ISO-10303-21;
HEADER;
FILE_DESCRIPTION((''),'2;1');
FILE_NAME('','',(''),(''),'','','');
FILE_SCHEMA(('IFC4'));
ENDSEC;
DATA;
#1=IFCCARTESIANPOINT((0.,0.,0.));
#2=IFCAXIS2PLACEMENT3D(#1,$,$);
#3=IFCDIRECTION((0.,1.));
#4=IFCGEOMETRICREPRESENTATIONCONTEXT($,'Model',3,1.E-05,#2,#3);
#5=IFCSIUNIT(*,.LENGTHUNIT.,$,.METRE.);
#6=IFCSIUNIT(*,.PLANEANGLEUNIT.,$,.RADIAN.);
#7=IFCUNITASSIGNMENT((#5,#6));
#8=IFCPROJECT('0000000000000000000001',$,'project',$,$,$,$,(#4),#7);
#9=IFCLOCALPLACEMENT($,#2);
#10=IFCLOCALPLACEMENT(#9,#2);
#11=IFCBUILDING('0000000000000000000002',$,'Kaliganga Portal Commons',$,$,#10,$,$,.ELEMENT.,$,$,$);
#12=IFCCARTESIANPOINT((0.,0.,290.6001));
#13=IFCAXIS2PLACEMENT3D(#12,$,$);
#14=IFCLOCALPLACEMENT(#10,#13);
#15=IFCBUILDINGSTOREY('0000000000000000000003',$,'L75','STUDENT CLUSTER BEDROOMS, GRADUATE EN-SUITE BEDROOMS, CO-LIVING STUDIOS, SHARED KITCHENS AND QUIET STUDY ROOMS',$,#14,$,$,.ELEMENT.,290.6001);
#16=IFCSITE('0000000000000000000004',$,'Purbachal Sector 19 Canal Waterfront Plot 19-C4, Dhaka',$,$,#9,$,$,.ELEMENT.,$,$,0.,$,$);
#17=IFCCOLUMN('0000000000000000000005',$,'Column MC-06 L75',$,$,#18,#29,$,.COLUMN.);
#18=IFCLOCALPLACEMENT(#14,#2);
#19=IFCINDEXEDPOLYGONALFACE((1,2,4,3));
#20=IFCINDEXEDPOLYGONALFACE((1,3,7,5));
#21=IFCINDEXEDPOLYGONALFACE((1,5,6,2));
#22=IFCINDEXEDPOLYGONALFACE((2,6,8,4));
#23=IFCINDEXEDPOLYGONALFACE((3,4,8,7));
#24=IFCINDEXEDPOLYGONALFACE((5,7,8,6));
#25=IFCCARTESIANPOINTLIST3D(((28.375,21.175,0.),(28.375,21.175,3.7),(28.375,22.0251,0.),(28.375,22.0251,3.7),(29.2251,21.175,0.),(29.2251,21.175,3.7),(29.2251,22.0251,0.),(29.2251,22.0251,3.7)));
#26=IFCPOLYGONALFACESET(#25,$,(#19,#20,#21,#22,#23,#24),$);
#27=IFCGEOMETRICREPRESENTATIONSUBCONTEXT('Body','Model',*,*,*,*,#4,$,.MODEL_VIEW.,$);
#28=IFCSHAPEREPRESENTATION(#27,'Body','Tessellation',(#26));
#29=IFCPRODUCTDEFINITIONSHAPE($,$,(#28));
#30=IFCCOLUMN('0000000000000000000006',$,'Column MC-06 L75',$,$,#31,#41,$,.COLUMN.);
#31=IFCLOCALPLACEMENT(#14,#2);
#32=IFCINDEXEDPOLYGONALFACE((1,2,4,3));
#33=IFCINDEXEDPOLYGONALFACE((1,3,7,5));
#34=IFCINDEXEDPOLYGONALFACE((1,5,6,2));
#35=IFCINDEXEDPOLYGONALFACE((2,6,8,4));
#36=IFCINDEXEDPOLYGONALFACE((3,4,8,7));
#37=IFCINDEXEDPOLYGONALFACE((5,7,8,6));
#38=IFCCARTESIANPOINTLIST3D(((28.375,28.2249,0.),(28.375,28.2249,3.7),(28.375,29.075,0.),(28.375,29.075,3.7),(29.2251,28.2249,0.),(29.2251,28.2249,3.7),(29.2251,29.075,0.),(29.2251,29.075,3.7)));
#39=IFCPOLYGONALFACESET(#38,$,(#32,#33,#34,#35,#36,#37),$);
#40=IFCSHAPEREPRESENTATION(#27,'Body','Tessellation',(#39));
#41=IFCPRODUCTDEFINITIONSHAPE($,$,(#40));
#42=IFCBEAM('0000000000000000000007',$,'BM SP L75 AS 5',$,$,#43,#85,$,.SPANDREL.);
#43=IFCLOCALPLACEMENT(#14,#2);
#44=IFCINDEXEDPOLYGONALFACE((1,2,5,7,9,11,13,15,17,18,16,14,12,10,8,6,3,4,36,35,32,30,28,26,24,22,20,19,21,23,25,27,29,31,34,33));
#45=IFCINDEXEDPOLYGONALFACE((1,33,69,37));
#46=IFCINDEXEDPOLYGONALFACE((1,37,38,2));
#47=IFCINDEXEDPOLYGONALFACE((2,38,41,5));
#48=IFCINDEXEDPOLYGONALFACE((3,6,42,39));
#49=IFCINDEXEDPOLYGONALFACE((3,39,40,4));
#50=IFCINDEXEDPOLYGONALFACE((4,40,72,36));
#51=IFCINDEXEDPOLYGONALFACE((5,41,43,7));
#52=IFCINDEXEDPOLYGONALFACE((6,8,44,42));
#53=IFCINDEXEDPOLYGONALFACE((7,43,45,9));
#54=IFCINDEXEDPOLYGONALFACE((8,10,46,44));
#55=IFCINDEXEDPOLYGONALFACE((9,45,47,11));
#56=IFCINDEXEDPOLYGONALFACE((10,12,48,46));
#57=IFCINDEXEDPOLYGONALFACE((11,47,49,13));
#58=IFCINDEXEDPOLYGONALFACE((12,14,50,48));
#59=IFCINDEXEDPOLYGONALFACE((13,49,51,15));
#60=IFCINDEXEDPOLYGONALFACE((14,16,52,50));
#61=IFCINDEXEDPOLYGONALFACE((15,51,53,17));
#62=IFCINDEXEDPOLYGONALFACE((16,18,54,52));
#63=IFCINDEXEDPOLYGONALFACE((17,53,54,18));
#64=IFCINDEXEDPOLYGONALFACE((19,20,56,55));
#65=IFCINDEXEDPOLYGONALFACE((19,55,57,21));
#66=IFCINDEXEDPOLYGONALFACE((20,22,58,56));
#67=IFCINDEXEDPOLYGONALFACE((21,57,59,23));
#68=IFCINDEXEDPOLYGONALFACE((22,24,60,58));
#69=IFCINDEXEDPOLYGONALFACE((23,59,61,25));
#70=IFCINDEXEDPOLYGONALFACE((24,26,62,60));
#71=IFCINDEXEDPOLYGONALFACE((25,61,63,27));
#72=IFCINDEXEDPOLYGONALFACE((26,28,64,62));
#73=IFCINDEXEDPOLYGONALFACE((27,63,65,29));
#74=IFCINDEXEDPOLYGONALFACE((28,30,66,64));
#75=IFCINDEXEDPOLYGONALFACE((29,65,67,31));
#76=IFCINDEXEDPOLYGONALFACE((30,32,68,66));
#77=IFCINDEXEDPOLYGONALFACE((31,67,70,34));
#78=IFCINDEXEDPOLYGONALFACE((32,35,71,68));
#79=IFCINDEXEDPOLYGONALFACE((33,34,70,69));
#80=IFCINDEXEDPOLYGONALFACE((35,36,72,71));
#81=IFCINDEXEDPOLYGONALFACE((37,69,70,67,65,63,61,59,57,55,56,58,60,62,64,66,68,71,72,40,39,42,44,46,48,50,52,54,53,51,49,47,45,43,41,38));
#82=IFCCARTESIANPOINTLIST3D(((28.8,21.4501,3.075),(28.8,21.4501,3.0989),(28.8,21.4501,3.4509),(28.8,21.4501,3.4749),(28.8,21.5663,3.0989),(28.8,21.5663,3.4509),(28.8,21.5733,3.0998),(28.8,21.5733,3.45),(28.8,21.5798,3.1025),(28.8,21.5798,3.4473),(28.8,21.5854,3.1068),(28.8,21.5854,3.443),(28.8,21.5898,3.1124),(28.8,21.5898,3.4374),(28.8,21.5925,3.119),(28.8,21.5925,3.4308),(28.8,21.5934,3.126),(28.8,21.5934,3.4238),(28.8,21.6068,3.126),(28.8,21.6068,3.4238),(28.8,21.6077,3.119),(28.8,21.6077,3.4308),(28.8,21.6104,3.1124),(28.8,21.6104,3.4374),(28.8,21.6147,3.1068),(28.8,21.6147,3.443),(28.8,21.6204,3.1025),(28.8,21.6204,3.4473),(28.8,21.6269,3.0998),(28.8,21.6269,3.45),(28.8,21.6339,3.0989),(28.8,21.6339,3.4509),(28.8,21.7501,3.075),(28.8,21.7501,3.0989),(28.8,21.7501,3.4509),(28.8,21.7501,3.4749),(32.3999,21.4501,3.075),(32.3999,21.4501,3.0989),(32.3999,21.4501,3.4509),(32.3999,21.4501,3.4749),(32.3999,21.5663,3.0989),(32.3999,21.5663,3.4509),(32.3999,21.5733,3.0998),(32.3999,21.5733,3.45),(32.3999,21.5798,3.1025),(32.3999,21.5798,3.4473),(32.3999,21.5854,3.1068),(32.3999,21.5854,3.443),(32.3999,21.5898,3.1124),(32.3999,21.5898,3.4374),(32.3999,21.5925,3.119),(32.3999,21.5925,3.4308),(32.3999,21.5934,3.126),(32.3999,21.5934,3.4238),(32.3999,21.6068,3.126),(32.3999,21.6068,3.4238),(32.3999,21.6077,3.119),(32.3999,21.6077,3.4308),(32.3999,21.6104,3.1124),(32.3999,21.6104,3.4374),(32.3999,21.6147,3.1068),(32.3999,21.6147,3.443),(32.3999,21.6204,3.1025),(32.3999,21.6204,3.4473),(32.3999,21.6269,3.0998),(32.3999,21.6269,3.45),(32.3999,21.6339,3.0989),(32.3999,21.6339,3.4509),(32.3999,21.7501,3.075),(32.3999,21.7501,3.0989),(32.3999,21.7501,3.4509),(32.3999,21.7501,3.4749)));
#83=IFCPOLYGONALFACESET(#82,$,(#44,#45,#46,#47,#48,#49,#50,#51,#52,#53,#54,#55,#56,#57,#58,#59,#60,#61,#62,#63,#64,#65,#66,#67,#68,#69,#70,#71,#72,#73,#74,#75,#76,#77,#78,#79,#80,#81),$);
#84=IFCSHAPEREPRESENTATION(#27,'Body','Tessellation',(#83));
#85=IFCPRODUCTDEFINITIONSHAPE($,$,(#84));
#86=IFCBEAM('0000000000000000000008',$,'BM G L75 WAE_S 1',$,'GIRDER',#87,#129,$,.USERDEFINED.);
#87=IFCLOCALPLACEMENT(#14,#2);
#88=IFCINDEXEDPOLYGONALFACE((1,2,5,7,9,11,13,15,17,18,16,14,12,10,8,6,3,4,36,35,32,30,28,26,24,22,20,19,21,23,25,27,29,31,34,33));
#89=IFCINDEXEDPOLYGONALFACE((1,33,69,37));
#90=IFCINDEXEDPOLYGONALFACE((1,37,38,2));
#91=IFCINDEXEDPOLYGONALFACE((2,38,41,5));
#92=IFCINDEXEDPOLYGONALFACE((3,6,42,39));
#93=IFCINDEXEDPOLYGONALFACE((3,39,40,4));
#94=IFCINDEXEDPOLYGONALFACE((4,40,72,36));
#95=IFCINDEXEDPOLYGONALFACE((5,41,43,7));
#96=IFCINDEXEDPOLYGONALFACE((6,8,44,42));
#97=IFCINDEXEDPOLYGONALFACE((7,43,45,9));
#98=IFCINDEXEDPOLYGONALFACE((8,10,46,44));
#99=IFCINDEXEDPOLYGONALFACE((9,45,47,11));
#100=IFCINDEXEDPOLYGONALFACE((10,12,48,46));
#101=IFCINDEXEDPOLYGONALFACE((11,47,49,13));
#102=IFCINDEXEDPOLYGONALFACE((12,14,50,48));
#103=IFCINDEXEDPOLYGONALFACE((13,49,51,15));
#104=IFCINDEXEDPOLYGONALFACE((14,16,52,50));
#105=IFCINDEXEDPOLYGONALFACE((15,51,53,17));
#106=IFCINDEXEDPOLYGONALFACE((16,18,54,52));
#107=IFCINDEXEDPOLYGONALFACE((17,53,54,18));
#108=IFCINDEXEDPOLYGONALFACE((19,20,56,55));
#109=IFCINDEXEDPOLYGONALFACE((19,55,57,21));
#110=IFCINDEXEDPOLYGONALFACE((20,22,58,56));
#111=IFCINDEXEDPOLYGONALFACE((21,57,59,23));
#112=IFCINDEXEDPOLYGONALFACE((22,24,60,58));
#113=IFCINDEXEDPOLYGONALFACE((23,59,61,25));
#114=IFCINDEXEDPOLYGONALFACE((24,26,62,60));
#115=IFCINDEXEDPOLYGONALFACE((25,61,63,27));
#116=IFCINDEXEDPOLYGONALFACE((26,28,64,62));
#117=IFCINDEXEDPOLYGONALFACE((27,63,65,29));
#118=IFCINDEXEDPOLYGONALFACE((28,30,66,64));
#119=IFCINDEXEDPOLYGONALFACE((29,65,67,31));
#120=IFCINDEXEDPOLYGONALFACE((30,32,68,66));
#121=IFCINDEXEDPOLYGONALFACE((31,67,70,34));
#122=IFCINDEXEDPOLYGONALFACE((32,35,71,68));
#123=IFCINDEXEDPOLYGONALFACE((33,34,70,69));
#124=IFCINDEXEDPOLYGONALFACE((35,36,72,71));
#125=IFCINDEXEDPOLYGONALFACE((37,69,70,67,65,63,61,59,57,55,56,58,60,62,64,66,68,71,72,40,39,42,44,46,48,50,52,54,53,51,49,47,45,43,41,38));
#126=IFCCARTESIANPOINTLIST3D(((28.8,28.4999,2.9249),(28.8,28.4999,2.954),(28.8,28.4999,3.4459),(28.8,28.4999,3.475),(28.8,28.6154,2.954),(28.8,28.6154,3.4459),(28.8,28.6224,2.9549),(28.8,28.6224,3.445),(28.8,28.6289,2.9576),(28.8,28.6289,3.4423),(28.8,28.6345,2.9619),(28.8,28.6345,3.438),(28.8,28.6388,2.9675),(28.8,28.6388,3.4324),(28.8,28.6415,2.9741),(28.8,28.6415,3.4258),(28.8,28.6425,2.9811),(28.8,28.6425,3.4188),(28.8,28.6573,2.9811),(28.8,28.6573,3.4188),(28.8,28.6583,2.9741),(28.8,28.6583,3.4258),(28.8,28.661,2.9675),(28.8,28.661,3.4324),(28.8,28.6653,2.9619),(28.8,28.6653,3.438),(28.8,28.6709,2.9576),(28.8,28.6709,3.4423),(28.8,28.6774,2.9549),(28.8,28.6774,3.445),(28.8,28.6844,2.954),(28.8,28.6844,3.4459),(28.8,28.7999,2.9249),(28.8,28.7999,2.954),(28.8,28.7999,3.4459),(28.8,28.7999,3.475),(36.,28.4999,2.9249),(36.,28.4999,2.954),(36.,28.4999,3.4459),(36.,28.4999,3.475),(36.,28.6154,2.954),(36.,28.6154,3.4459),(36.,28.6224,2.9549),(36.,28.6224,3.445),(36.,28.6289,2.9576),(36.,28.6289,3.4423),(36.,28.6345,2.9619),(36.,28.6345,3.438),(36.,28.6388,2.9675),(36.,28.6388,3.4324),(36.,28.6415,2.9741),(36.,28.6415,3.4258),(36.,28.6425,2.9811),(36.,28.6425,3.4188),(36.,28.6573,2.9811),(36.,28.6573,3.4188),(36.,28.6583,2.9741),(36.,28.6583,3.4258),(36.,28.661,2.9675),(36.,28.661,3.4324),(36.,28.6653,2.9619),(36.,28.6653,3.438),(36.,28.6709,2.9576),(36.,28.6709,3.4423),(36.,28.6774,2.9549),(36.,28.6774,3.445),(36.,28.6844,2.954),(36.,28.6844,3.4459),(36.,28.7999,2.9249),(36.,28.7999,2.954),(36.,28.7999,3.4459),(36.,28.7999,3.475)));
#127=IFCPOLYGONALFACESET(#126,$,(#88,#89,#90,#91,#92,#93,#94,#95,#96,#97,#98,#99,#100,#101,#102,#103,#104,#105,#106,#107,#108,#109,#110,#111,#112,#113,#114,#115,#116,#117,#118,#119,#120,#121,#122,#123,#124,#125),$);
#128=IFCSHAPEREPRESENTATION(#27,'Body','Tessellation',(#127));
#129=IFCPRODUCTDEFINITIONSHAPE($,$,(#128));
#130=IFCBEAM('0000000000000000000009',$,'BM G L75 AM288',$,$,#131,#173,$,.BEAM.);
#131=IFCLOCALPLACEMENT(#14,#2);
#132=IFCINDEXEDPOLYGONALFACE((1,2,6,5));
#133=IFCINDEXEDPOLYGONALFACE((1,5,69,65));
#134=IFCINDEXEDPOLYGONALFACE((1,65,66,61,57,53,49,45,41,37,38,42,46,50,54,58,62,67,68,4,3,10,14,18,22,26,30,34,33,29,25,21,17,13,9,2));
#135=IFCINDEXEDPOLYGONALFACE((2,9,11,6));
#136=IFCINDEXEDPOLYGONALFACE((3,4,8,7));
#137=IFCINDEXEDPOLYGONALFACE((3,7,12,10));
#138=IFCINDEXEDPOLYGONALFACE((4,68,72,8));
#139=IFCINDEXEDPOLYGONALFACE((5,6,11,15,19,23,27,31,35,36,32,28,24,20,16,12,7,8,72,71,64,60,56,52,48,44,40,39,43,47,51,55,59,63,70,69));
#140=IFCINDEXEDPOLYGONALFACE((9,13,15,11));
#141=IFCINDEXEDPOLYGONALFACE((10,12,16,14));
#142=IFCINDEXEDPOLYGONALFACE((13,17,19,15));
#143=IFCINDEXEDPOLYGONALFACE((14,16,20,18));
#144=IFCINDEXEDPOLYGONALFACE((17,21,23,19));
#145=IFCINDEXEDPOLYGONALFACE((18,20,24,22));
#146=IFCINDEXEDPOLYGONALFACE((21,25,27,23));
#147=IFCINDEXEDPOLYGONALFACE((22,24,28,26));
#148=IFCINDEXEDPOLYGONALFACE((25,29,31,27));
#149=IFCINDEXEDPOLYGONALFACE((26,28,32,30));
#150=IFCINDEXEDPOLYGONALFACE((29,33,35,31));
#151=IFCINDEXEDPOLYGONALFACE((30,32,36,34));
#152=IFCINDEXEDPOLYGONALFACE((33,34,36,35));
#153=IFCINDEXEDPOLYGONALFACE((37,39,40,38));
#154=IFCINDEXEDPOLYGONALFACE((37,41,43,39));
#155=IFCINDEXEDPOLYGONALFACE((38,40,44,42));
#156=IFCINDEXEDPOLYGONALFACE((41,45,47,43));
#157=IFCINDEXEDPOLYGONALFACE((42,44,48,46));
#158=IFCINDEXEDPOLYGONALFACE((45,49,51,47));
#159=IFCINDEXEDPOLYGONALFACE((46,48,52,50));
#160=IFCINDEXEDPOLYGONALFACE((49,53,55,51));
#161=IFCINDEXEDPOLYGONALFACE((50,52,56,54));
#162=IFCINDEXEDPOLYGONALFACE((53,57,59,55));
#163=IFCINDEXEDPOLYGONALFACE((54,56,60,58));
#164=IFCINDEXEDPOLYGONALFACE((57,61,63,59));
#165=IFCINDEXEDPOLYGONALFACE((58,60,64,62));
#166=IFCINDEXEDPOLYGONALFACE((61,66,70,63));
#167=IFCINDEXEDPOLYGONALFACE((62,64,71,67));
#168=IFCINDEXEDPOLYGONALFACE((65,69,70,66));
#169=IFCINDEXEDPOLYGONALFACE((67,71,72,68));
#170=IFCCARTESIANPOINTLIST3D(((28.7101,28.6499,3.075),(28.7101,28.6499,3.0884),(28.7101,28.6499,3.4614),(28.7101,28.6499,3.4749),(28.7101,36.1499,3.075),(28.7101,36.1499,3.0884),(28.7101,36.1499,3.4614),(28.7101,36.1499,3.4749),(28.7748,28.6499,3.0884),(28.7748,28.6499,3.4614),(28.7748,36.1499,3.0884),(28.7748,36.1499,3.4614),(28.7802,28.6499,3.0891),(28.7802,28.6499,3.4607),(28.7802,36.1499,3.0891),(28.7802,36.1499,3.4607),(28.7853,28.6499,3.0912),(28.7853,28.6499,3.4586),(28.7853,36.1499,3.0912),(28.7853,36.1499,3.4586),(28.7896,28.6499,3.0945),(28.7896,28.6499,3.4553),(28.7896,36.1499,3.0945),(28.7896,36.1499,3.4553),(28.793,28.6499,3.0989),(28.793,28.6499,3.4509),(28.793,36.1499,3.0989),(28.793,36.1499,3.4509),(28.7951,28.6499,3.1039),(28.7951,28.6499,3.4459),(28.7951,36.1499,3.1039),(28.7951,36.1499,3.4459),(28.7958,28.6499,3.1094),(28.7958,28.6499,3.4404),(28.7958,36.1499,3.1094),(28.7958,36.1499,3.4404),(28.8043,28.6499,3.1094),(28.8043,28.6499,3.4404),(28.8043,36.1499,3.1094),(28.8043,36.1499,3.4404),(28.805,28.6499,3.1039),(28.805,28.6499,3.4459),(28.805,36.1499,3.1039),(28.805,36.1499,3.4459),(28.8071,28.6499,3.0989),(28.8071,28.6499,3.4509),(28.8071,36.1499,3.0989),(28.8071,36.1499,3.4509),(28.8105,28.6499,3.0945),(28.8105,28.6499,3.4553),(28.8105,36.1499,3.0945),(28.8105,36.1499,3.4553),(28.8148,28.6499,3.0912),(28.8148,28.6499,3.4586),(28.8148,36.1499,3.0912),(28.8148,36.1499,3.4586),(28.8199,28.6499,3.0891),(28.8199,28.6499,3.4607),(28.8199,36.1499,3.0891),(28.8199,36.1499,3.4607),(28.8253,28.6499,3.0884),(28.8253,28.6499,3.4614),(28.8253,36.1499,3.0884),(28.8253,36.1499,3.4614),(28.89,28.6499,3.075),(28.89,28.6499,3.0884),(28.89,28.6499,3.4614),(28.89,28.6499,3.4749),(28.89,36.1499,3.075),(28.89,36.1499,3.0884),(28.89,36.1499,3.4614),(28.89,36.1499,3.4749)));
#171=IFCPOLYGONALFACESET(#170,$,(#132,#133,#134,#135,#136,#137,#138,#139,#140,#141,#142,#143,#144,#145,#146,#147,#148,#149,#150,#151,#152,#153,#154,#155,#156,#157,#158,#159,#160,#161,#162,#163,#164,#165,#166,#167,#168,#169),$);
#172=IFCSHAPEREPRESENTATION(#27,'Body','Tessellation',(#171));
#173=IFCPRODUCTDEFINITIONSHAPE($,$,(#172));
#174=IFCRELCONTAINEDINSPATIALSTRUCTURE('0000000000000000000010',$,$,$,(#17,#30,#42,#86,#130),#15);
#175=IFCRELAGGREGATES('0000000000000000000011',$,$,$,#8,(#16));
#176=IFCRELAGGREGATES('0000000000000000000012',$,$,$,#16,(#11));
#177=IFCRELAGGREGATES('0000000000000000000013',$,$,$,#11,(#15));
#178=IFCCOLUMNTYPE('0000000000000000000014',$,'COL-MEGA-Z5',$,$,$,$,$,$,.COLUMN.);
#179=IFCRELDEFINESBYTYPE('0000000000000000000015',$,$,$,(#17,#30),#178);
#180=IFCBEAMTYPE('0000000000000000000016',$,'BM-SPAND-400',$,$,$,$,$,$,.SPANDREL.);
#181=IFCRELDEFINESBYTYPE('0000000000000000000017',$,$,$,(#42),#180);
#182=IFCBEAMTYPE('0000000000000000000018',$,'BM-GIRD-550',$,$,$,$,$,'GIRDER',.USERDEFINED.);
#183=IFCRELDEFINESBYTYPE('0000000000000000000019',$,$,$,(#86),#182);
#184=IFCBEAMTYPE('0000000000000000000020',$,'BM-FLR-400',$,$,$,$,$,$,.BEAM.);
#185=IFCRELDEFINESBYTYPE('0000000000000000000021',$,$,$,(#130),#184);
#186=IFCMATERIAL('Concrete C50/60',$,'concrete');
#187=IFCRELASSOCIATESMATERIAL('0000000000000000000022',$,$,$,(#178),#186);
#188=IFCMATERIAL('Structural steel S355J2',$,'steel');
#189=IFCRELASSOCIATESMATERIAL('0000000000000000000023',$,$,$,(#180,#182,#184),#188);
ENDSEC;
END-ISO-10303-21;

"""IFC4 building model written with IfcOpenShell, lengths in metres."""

from ifc_helpers import new_model, si_unit, direction, frame, origin, origin_2d, place, context, subcontext, project, spatial, rectangle, i_section, extrude, source, transform, mapped, material, material_profile, profile_set, type_object, element, save


model = new_model("IFC4")

# Units and contexts
model_context = context("Model", 3, precision=1e-05, world=origin(), true_north=direction((0.0, 1.0)))
body_context = subcontext(model_context, "Body", "Model", "MODEL_VIEW")
ifc_project = project(units=[si_unit("LENGTHUNIT", "METRE"), si_unit("PLANEANGLEUNIT", "RADIAN")], contexts=[model_context])

# Site, building, storey
site_placement = place(None, origin())
site = spatial("IfcSite", under=ifc_project, at=site_placement, Name="Purbachal Sector 19 Canal Waterfront Plot 19-C4, Dhaka", CompositionType="ELEMENT", RefElevation=0.0)
building_placement = place(site_placement, origin())
building = spatial("IfcBuilding", under=site, at=building_placement, Name="Kaliganga Portal Commons", CompositionType="ELEMENT")
storey_placement = place(building_placement, frame((0.0, 0.0, 290.6001)))
storey = spatial("IfcBuildingStorey", under=building, at=storey_placement, Name="L75", Description="STUDENT CLUSTER BEDROOMS, GRADUATE EN-SUITE BEDROOMS, CO-LIVING STUDIOS, SHARED KITCHENS AND QUIET STUDY ROOMS", CompositionType="ELEMENT", Elevation=290.6001)

# Columns
ifc_material_1 = material(Name="Concrete C50/60", Category="concrete")
ifc_material_profile_1 = material_profile(ifc_material_1, rectangle(XDim=0.8501, YDim=0.8501, at=origin_2d()), Name="RC 850x850")
ifc_profile_set_1 = profile_set([ifc_material_profile_1], Name="Concrete C50/60")
column_type = type_object("IfcColumnType", Name="COL-MEGA-Z5", PredefinedType="COLUMN", material=ifc_profile_set_1)
shared_shape_1 = source(origin(), body_context, "Body", "SweptSolid", [
    extrude(rectangle(XDim=0.8501, YDim=0.8501, at=origin_2d()), origin(), (0.0, 0.0, 1.0), 3.7),
])
for number, where, z_axis, x_axis, name in (
    (1, (28.8, 21.6001, 0.0), (0.0, 0.0, 1.0), (1.0, 0.0, 0.0), "Column MC-06 L75"),
    (2, (28.8, 28.6499, 0.0), (0.0, 0.0, 1.0), (1.0, 0.0, 0.0), "Column MC-06 L75"),
):
    element("IfcColumn", number, at=place(storey_placement, frame(where, z_axis=z_axis, x_axis=x_axis)), inside=storey, type_object=column_type, Name=name, PredefinedType="COLUMN", context=body_context, shape_type="MappedRepresentation", body=[
        mapped(shared_shape_1, transform((0.0, 0.0, 0.0), x_axis=(1.0, 0.0, 0.0), y_axis=(0.0, 1.0, 0.0), z_axis=(0.0, 0.0, 1.0), scale=1.0)),
    ])

# Beams
ifc_material_2 = material(Name="Structural steel S355J2", Category="steel")
ifc_material_profile_2 = material_profile(ifc_material_2, i_section(OverallWidth=0.3, OverallDepth=0.3999, WebThickness=0.0134, FlangeThickness=0.0239, FilletRadius=0.0271, at=origin_2d()), Name="HE 400 B")
ifc_profile_set_2 = profile_set([ifc_material_profile_2], Name="Structural steel S355J2 wide-flange")
beam_type_1 = type_object("IfcBeamType", Name="BM-SPAND-400", PredefinedType="SPANDREL", material=ifc_profile_set_2)
shared_shape_2 = source(origin(), body_context, "Body", "SweptSolid", [
    extrude(i_section(OverallWidth=0.3, OverallDepth=0.3999, WebThickness=0.0134, FlangeThickness=0.0239, FilletRadius=0.0271, at=origin_2d()), origin(), (0.0, 0.0, 1.0), 3.5999),
])
beam_1_placement = place(storey_placement, frame((28.8, 21.6001, 3.2749), z_axis=(1.0, 0.0, 0.0), x_axis=(0.0, 1.0, 0.0)))
element("IfcBeam", 3, at=beam_1_placement, inside=storey, type_object=beam_type_1, Name="BM SP L75 AS 5", PredefinedType="SPANDREL", context=body_context, shape_type="MappedRepresentation", body=[
    mapped(shared_shape_2, transform((0.0, 0.0, 0.0), x_axis=(1.0, 0.0, 0.0), y_axis=(0.0, 1.0, 0.0), z_axis=(0.0, 0.0, 1.0), scale=1.0)),
])
ifc_material_profile_3 = material_profile(ifc_material_2, i_section(OverallWidth=0.3, OverallDepth=0.55, WebThickness=0.0149, FlangeThickness=0.0291, FilletRadius=0.0271, at=origin_2d()), Name="HE 550 B")
ifc_profile_set_3 = profile_set([ifc_material_profile_3], Name="Structural steel S355J2 wide-flange")
beam_type_2 = type_object("IfcBeamType", Name="BM-GIRD-550", ElementType="GIRDER", PredefinedType="USERDEFINED", material=ifc_profile_set_3)
shared_shape_3 = source(origin(), body_context, "Body", "SweptSolid", [
    extrude(i_section(OverallWidth=0.3, OverallDepth=0.55, WebThickness=0.0149, FlangeThickness=0.0291, FilletRadius=0.0271, at=origin_2d()), origin(), (0.0, 0.0, 1.0), 7.2),
])
beam_2_placement = place(storey_placement, frame((28.8, 28.6499, 3.2), z_axis=(1.0, 0.0, 0.0), x_axis=(0.0, 1.0, 0.0)))
element("IfcBeam", 4, at=beam_2_placement, inside=storey, type_object=beam_type_2, Name="BM G L75 WAE_S 1", ObjectType="GIRDER", PredefinedType="USERDEFINED", context=body_context, shape_type="MappedRepresentation", body=[
    mapped(shared_shape_3, transform((0.0, 0.0, 0.0), x_axis=(1.0, 0.0, 0.0), y_axis=(0.0, 1.0, 0.0), z_axis=(0.0, 0.0, 1.0), scale=1.0)),
])
ifc_material_profile_4 = material_profile(ifc_material_2, i_section(OverallWidth=0.1799, OverallDepth=0.3999, WebThickness=0.0085, FlangeThickness=0.0134, FilletRadius=0.021, at=origin_2d()), Name="IPE 400")
ifc_profile_set_4 = profile_set([ifc_material_profile_4], Name="Structural steel S355J2 wide-flange")
beam_type_3 = type_object("IfcBeamType", Name="BM-FLR-400", PredefinedType="BEAM", material=ifc_profile_set_4)
shared_shape_4 = source(origin(), body_context, "Body", "SweptSolid", [
    extrude(i_section(OverallWidth=0.1799, OverallDepth=0.3999, WebThickness=0.0085, FlangeThickness=0.0134, FilletRadius=0.021, at=origin_2d()), origin(), (0.0, 0.0, 1.0), 7.5),
])
beam_3_placement = place(storey_placement, frame((28.8, 28.6499, 3.2749), z_axis=(0.0, 1.0, 0.0), x_axis=(-1.0, 0.0, 0.0)))
element("IfcBeam", 5, at=beam_3_placement, inside=storey, type_object=beam_type_3, Name="BM G L75 AM288", PredefinedType="BEAM", context=body_context, shape_type="MappedRepresentation", body=[
    mapped(shared_shape_4, transform((0.0, 0.0, 0.0), x_axis=(1.0, 0.0, 0.0), y_axis=(0.0, 1.0, 0.0), z_axis=(0.0, 0.0, 1.0), scale=1.0)),
])

save(model, "model.ifc")
